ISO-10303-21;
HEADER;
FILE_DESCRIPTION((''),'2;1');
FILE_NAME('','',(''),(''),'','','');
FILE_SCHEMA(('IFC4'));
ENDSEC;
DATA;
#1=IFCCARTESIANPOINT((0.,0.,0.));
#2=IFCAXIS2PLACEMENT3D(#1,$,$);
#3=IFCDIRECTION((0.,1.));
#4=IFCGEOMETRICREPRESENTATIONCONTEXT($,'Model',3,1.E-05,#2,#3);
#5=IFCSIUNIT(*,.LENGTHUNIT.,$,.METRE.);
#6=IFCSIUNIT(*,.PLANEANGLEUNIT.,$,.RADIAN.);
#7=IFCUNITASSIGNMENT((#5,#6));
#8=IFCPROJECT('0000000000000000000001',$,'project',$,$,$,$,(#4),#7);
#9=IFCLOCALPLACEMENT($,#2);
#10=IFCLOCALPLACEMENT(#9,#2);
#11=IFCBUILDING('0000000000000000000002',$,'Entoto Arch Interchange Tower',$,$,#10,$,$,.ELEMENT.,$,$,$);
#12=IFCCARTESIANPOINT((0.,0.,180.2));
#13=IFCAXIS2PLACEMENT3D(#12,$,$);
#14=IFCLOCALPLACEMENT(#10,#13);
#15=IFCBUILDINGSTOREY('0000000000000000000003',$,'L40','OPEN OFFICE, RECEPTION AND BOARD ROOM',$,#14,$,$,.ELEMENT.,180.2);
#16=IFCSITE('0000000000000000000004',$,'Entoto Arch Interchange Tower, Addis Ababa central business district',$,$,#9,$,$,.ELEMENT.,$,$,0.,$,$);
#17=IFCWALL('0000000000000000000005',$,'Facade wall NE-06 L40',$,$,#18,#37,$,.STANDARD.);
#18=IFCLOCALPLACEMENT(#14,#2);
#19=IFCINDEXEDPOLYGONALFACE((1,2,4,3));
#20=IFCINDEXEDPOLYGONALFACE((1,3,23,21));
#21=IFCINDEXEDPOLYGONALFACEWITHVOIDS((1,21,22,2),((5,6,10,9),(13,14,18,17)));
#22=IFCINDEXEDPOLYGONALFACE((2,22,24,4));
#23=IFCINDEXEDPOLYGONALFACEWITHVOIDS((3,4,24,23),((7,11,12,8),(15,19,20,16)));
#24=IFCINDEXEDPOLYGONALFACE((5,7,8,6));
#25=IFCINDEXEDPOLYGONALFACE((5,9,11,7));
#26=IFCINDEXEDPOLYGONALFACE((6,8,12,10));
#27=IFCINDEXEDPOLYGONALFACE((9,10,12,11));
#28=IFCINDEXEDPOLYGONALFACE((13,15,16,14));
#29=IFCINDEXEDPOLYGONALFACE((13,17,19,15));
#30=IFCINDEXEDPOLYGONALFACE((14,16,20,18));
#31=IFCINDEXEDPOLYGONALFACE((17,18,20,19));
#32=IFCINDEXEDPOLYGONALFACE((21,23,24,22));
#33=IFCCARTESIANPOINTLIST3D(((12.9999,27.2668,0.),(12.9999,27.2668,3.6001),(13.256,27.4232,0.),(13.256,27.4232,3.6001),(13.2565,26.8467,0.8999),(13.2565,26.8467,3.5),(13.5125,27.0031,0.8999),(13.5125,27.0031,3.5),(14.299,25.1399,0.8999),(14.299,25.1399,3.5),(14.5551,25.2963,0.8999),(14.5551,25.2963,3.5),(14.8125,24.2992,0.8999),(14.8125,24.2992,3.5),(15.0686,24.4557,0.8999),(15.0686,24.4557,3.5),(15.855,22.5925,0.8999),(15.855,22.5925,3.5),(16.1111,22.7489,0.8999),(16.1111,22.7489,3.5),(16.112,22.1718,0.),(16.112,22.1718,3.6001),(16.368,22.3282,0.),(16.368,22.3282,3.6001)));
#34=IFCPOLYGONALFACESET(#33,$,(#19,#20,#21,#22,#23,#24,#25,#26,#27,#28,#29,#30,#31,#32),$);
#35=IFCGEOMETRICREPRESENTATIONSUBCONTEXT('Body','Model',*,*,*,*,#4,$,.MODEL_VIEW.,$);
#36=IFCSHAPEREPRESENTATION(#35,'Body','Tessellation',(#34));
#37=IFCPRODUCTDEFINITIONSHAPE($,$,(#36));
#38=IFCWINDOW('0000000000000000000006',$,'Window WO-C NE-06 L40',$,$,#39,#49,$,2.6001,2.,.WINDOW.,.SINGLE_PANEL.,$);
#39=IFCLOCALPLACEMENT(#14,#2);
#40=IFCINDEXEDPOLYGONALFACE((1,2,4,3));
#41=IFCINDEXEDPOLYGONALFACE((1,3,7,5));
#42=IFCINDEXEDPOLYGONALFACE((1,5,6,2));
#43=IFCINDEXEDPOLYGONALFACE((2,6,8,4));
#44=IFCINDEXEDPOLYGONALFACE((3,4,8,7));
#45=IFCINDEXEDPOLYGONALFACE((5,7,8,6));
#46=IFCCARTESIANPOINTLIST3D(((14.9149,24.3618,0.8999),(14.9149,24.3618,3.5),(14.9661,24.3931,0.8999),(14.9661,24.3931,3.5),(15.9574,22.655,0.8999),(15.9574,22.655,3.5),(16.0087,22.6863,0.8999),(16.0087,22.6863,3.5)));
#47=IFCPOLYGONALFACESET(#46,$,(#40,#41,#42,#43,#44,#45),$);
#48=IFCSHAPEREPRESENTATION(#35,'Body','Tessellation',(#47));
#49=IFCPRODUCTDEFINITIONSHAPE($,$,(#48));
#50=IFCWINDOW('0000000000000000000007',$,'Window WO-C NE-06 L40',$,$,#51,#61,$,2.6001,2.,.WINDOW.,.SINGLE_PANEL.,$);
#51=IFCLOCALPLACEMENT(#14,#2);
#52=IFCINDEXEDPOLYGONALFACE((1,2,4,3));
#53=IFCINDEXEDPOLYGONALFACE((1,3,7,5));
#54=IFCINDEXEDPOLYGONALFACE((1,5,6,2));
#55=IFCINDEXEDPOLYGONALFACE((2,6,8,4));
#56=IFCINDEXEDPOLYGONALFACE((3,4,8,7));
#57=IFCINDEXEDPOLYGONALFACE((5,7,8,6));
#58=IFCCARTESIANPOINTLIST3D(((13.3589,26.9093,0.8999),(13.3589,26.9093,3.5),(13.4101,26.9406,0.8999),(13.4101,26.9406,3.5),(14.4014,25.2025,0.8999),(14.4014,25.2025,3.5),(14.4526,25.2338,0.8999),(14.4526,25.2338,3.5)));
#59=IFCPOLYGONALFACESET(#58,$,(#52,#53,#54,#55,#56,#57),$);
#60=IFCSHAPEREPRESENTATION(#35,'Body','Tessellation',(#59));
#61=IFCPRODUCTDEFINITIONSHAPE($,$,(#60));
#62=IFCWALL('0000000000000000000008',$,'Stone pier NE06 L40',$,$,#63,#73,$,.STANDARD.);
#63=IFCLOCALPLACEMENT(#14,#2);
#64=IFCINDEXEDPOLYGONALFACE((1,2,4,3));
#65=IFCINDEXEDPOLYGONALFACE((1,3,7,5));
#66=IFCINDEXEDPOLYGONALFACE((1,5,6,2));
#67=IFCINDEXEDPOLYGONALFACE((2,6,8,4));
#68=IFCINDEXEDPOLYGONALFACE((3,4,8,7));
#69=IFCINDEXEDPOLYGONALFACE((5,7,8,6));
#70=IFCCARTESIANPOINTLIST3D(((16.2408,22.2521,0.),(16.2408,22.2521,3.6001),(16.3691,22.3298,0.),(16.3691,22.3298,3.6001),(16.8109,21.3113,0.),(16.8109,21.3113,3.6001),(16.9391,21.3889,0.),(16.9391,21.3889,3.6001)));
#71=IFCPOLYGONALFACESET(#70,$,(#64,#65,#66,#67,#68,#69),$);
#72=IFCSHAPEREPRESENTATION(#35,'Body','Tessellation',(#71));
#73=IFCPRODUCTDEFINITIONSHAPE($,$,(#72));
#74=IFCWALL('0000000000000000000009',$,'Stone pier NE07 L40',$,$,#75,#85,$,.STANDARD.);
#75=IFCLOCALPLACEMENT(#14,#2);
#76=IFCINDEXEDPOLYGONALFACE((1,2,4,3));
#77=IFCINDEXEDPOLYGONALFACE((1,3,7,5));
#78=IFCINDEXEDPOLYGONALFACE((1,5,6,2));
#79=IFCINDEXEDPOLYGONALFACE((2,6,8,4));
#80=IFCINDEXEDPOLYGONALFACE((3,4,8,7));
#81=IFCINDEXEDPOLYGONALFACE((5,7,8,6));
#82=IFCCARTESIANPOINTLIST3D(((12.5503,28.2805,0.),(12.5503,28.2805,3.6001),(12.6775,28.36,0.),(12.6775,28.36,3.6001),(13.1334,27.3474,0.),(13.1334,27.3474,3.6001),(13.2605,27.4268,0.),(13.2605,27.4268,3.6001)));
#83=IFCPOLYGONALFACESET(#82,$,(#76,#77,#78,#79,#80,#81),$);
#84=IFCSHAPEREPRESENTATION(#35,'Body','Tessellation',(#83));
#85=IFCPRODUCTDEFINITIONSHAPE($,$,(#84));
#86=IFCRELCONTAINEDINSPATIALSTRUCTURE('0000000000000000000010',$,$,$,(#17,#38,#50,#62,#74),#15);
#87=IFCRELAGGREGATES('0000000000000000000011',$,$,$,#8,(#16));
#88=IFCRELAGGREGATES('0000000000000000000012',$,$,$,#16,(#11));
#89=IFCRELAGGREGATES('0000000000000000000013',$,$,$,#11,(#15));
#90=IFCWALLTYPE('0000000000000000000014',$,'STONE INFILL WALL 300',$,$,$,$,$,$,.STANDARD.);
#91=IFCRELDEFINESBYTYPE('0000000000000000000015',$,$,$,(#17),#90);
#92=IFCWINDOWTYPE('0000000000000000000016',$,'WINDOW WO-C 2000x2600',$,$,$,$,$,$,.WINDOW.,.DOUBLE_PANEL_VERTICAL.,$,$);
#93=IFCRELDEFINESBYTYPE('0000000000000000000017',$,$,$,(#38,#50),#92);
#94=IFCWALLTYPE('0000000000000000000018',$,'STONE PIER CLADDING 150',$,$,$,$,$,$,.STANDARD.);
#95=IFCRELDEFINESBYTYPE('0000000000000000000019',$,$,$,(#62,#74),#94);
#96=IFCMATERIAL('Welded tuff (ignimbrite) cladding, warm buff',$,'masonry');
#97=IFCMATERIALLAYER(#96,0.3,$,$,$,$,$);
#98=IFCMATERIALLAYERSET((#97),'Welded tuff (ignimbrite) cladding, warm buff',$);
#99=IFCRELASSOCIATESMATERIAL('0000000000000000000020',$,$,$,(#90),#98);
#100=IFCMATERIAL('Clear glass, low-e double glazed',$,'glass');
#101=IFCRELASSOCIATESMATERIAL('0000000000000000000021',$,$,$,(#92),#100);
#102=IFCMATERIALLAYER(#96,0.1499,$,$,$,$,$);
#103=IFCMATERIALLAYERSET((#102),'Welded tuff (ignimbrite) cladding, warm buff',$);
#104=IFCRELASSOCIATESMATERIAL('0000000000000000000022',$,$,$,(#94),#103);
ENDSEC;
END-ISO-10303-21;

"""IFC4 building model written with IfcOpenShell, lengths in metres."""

from ifc_helpers import new_model, si_unit, direction, frame, frame_2d, origin, place, context, subcontext, project, spatial, rectangle, extrude, material, layer, layer_set, type_object, element, fill, save


model = new_model("IFC4")

# Units and contexts
model_context = context("Model", 3, precision=1e-05, world=origin(), true_north=direction((0.0, 1.0)))
body_context = subcontext(model_context, "Body", "Model", "MODEL_VIEW")
ifc_project = project(units=[si_unit("LENGTHUNIT", "METRE"), si_unit("PLANEANGLEUNIT", "RADIAN")], contexts=[model_context])

# Site, building, storey
site_placement = place(None, origin())
site = spatial("IfcSite", under=ifc_project, at=site_placement, Name="Entoto Arch Interchange Tower, Addis Ababa central business district", CompositionType="ELEMENT", RefElevation=0.0)
building_placement = place(site_placement, origin())
building = spatial("IfcBuilding", under=site, at=building_placement, Name="Entoto Arch Interchange Tower", CompositionType="ELEMENT")
storey_placement = place(building_placement, frame((0.0, 0.0, 180.2)))
storey = spatial("IfcBuildingStorey", under=building, at=storey_placement, Name="L40", Description="OPEN OFFICE, RECEPTION AND BOARD ROOM", CompositionType="ELEMENT", Elevation=180.2)

# Wall, openings, windows
ifc_material_1 = material(Name="Welded tuff (ignimbrite) cladding, warm buff", Category="masonry")
ifc_layer_1 = layer(ifc_material_1, 0.3)
ifc_layer_set_1 = layer_set([ifc_layer_1], Name="Welded tuff (ignimbrite) cladding, warm buff")
wall_type_1 = type_object("IfcWallType", Name="STONE INFILL WALL 300", PredefinedType="STANDARD", material=ifc_layer_set_1)
wall_1_placement = place(storey_placement, frame((16.24, 22.25, 0.0), z_axis=(0.0, 0.0, 1.0), x_axis=(-0.521263, 0.853396, 0.0)))
wall_1 = element("IfcWall", 1, at=wall_1_placement, inside=storey, type_object=wall_type_1, Name="Facade wall NE-06 L40", PredefinedType="STANDARD", context=body_context, shape_type="SweptSolid", body=[
    extrude(rectangle(XDim=5.9702, YDim=0.3, at=frame_2d((2.9851, 0.0))), origin(), (0.0, 0.0, 1.0), 3.6001),
])
opening_1_placement = place(wall_1_placement, frame((0.4929, 0.0, 0.8999)))
opening_1 = element("IfcOpeningElement", 2, at=opening_1_placement, cuts=wall_1, PredefinedType="OPENING", context=body_context, shape_type="SweptSolid", body=[
    extrude(rectangle(XDim=2.0, YDim=2.6001, at=frame_2d((1.0, 1.3))), frame((0.0, 0.1602, 0.0), z_axis=(0.0, -1.0, 0.0), x_axis=(1.0, 0.0, 0.0)), (0.0, 0.0, 1.0), 0.3201),
])
opening_2_placement = place(wall_1_placement, frame((3.478, 0.0, 0.8999)))
opening_2 = element("IfcOpeningElement", 3, at=opening_2_placement, cuts=wall_1, PredefinedType="OPENING", context=body_context, shape_type="SweptSolid", body=[
    extrude(rectangle(XDim=2.0, YDim=2.6001, at=frame_2d((1.0, 1.3))), frame((0.0, 0.1602, 0.0), z_axis=(0.0, -1.0, 0.0), x_axis=(1.0, 0.0, 0.0)), (0.0, 0.0, 1.0), 0.3201),
])
ifc_material_2 = material(Name="Clear glass, low-e double glazed", Category="glass")
window_type = type_object("IfcWindowType", Name="WINDOW WO-C 2000x2600", PartitioningType="DOUBLE_PANEL_VERTICAL", PredefinedType="WINDOW", material=ifc_material_2)
window_1_placement = place(opening_1_placement, origin())
window_1 = element("IfcWindow", 4, at=window_1_placement, inside=storey, type_object=window_type, Name="Window WO-C NE-06 L40", OverallHeight=2.6001, OverallWidth=2.0, PartitioningType="SINGLE_PANEL", PredefinedType="WINDOW", context=body_context, shape_type="SweptSolid", body=[
    extrude(rectangle(XDim=2.0, YDim=2.6001, at=frame_2d((1.0, 1.3))), frame((0.0, 0.03, 0.0), z_axis=(0.0, -1.0, 0.0), x_axis=(1.0, 0.0, 0.0)), (0.0, 0.0, 1.0), 0.0601),
])
fill(opening_1, window_1)
window_2_placement = place(opening_2_placement, origin())
window_2 = element("IfcWindow", 5, at=window_2_placement, inside=storey, type_object=window_type, Name="Window WO-C NE-06 L40", OverallHeight=2.6001, OverallWidth=2.0, PartitioningType="SINGLE_PANEL", PredefinedType="WINDOW", context=body_context, shape_type="SweptSolid", body=[
    extrude(rectangle(XDim=2.0, YDim=2.6001, at=frame_2d((1.0, 1.3))), frame((0.0, 0.03, 0.0), z_axis=(0.0, -1.0, 0.0), x_axis=(1.0, 0.0, 0.0)), (0.0, 0.0, 1.0), 0.0601),
])
fill(opening_2, window_2)

# Walls
ifc_layer_2 = layer(ifc_material_1, 0.1499)
ifc_layer_set_2 = layer_set([ifc_layer_2], Name="Welded tuff (ignimbrite) cladding, warm buff")
wall_type_2 = type_object("IfcWallType", Name="STONE PIER CLADDING 150", PredefinedType="STANDARD", material=ifc_layer_set_2)
wall_2_placement = place(storey_placement, frame((16.875, 21.3501, 0.0), z_axis=(0.0, 0.0, 1.0), x_axis=(-0.518179, 0.855272, 0.0)))
element("IfcWall", 6, at=wall_2_placement, inside=storey, type_object=wall_type_2, Name="Stone pier NE06 L40", PredefinedType="STANDARD", context=body_context, shape_type="SweptSolid", body=[
    extrude(rectangle(XDim=1.1001, YDim=0.1499, at=frame_2d((0.55, 0.0))), origin(), (0.0, 0.0, 1.0), 3.6001),
])
wall_3_placement = place(storey_placement, frame((13.197, 27.387, 0.0), z_axis=(0.0, 0.0, 1.0), x_axis=(-0.529879, 0.848073, 0.0)))
element("IfcWall", 7, at=wall_3_placement, inside=storey, type_object=wall_type_2, Name="Stone pier NE07 L40", PredefinedType="STANDARD", context=body_context, shape_type="SweptSolid", body=[
    extrude(rectangle(XDim=1.1003, YDim=0.1499, at=frame_2d((0.5503, 0.0))), origin(), (0.0, 0.0, 1.0), 3.6001),
])

save(model, "model.ifc")
